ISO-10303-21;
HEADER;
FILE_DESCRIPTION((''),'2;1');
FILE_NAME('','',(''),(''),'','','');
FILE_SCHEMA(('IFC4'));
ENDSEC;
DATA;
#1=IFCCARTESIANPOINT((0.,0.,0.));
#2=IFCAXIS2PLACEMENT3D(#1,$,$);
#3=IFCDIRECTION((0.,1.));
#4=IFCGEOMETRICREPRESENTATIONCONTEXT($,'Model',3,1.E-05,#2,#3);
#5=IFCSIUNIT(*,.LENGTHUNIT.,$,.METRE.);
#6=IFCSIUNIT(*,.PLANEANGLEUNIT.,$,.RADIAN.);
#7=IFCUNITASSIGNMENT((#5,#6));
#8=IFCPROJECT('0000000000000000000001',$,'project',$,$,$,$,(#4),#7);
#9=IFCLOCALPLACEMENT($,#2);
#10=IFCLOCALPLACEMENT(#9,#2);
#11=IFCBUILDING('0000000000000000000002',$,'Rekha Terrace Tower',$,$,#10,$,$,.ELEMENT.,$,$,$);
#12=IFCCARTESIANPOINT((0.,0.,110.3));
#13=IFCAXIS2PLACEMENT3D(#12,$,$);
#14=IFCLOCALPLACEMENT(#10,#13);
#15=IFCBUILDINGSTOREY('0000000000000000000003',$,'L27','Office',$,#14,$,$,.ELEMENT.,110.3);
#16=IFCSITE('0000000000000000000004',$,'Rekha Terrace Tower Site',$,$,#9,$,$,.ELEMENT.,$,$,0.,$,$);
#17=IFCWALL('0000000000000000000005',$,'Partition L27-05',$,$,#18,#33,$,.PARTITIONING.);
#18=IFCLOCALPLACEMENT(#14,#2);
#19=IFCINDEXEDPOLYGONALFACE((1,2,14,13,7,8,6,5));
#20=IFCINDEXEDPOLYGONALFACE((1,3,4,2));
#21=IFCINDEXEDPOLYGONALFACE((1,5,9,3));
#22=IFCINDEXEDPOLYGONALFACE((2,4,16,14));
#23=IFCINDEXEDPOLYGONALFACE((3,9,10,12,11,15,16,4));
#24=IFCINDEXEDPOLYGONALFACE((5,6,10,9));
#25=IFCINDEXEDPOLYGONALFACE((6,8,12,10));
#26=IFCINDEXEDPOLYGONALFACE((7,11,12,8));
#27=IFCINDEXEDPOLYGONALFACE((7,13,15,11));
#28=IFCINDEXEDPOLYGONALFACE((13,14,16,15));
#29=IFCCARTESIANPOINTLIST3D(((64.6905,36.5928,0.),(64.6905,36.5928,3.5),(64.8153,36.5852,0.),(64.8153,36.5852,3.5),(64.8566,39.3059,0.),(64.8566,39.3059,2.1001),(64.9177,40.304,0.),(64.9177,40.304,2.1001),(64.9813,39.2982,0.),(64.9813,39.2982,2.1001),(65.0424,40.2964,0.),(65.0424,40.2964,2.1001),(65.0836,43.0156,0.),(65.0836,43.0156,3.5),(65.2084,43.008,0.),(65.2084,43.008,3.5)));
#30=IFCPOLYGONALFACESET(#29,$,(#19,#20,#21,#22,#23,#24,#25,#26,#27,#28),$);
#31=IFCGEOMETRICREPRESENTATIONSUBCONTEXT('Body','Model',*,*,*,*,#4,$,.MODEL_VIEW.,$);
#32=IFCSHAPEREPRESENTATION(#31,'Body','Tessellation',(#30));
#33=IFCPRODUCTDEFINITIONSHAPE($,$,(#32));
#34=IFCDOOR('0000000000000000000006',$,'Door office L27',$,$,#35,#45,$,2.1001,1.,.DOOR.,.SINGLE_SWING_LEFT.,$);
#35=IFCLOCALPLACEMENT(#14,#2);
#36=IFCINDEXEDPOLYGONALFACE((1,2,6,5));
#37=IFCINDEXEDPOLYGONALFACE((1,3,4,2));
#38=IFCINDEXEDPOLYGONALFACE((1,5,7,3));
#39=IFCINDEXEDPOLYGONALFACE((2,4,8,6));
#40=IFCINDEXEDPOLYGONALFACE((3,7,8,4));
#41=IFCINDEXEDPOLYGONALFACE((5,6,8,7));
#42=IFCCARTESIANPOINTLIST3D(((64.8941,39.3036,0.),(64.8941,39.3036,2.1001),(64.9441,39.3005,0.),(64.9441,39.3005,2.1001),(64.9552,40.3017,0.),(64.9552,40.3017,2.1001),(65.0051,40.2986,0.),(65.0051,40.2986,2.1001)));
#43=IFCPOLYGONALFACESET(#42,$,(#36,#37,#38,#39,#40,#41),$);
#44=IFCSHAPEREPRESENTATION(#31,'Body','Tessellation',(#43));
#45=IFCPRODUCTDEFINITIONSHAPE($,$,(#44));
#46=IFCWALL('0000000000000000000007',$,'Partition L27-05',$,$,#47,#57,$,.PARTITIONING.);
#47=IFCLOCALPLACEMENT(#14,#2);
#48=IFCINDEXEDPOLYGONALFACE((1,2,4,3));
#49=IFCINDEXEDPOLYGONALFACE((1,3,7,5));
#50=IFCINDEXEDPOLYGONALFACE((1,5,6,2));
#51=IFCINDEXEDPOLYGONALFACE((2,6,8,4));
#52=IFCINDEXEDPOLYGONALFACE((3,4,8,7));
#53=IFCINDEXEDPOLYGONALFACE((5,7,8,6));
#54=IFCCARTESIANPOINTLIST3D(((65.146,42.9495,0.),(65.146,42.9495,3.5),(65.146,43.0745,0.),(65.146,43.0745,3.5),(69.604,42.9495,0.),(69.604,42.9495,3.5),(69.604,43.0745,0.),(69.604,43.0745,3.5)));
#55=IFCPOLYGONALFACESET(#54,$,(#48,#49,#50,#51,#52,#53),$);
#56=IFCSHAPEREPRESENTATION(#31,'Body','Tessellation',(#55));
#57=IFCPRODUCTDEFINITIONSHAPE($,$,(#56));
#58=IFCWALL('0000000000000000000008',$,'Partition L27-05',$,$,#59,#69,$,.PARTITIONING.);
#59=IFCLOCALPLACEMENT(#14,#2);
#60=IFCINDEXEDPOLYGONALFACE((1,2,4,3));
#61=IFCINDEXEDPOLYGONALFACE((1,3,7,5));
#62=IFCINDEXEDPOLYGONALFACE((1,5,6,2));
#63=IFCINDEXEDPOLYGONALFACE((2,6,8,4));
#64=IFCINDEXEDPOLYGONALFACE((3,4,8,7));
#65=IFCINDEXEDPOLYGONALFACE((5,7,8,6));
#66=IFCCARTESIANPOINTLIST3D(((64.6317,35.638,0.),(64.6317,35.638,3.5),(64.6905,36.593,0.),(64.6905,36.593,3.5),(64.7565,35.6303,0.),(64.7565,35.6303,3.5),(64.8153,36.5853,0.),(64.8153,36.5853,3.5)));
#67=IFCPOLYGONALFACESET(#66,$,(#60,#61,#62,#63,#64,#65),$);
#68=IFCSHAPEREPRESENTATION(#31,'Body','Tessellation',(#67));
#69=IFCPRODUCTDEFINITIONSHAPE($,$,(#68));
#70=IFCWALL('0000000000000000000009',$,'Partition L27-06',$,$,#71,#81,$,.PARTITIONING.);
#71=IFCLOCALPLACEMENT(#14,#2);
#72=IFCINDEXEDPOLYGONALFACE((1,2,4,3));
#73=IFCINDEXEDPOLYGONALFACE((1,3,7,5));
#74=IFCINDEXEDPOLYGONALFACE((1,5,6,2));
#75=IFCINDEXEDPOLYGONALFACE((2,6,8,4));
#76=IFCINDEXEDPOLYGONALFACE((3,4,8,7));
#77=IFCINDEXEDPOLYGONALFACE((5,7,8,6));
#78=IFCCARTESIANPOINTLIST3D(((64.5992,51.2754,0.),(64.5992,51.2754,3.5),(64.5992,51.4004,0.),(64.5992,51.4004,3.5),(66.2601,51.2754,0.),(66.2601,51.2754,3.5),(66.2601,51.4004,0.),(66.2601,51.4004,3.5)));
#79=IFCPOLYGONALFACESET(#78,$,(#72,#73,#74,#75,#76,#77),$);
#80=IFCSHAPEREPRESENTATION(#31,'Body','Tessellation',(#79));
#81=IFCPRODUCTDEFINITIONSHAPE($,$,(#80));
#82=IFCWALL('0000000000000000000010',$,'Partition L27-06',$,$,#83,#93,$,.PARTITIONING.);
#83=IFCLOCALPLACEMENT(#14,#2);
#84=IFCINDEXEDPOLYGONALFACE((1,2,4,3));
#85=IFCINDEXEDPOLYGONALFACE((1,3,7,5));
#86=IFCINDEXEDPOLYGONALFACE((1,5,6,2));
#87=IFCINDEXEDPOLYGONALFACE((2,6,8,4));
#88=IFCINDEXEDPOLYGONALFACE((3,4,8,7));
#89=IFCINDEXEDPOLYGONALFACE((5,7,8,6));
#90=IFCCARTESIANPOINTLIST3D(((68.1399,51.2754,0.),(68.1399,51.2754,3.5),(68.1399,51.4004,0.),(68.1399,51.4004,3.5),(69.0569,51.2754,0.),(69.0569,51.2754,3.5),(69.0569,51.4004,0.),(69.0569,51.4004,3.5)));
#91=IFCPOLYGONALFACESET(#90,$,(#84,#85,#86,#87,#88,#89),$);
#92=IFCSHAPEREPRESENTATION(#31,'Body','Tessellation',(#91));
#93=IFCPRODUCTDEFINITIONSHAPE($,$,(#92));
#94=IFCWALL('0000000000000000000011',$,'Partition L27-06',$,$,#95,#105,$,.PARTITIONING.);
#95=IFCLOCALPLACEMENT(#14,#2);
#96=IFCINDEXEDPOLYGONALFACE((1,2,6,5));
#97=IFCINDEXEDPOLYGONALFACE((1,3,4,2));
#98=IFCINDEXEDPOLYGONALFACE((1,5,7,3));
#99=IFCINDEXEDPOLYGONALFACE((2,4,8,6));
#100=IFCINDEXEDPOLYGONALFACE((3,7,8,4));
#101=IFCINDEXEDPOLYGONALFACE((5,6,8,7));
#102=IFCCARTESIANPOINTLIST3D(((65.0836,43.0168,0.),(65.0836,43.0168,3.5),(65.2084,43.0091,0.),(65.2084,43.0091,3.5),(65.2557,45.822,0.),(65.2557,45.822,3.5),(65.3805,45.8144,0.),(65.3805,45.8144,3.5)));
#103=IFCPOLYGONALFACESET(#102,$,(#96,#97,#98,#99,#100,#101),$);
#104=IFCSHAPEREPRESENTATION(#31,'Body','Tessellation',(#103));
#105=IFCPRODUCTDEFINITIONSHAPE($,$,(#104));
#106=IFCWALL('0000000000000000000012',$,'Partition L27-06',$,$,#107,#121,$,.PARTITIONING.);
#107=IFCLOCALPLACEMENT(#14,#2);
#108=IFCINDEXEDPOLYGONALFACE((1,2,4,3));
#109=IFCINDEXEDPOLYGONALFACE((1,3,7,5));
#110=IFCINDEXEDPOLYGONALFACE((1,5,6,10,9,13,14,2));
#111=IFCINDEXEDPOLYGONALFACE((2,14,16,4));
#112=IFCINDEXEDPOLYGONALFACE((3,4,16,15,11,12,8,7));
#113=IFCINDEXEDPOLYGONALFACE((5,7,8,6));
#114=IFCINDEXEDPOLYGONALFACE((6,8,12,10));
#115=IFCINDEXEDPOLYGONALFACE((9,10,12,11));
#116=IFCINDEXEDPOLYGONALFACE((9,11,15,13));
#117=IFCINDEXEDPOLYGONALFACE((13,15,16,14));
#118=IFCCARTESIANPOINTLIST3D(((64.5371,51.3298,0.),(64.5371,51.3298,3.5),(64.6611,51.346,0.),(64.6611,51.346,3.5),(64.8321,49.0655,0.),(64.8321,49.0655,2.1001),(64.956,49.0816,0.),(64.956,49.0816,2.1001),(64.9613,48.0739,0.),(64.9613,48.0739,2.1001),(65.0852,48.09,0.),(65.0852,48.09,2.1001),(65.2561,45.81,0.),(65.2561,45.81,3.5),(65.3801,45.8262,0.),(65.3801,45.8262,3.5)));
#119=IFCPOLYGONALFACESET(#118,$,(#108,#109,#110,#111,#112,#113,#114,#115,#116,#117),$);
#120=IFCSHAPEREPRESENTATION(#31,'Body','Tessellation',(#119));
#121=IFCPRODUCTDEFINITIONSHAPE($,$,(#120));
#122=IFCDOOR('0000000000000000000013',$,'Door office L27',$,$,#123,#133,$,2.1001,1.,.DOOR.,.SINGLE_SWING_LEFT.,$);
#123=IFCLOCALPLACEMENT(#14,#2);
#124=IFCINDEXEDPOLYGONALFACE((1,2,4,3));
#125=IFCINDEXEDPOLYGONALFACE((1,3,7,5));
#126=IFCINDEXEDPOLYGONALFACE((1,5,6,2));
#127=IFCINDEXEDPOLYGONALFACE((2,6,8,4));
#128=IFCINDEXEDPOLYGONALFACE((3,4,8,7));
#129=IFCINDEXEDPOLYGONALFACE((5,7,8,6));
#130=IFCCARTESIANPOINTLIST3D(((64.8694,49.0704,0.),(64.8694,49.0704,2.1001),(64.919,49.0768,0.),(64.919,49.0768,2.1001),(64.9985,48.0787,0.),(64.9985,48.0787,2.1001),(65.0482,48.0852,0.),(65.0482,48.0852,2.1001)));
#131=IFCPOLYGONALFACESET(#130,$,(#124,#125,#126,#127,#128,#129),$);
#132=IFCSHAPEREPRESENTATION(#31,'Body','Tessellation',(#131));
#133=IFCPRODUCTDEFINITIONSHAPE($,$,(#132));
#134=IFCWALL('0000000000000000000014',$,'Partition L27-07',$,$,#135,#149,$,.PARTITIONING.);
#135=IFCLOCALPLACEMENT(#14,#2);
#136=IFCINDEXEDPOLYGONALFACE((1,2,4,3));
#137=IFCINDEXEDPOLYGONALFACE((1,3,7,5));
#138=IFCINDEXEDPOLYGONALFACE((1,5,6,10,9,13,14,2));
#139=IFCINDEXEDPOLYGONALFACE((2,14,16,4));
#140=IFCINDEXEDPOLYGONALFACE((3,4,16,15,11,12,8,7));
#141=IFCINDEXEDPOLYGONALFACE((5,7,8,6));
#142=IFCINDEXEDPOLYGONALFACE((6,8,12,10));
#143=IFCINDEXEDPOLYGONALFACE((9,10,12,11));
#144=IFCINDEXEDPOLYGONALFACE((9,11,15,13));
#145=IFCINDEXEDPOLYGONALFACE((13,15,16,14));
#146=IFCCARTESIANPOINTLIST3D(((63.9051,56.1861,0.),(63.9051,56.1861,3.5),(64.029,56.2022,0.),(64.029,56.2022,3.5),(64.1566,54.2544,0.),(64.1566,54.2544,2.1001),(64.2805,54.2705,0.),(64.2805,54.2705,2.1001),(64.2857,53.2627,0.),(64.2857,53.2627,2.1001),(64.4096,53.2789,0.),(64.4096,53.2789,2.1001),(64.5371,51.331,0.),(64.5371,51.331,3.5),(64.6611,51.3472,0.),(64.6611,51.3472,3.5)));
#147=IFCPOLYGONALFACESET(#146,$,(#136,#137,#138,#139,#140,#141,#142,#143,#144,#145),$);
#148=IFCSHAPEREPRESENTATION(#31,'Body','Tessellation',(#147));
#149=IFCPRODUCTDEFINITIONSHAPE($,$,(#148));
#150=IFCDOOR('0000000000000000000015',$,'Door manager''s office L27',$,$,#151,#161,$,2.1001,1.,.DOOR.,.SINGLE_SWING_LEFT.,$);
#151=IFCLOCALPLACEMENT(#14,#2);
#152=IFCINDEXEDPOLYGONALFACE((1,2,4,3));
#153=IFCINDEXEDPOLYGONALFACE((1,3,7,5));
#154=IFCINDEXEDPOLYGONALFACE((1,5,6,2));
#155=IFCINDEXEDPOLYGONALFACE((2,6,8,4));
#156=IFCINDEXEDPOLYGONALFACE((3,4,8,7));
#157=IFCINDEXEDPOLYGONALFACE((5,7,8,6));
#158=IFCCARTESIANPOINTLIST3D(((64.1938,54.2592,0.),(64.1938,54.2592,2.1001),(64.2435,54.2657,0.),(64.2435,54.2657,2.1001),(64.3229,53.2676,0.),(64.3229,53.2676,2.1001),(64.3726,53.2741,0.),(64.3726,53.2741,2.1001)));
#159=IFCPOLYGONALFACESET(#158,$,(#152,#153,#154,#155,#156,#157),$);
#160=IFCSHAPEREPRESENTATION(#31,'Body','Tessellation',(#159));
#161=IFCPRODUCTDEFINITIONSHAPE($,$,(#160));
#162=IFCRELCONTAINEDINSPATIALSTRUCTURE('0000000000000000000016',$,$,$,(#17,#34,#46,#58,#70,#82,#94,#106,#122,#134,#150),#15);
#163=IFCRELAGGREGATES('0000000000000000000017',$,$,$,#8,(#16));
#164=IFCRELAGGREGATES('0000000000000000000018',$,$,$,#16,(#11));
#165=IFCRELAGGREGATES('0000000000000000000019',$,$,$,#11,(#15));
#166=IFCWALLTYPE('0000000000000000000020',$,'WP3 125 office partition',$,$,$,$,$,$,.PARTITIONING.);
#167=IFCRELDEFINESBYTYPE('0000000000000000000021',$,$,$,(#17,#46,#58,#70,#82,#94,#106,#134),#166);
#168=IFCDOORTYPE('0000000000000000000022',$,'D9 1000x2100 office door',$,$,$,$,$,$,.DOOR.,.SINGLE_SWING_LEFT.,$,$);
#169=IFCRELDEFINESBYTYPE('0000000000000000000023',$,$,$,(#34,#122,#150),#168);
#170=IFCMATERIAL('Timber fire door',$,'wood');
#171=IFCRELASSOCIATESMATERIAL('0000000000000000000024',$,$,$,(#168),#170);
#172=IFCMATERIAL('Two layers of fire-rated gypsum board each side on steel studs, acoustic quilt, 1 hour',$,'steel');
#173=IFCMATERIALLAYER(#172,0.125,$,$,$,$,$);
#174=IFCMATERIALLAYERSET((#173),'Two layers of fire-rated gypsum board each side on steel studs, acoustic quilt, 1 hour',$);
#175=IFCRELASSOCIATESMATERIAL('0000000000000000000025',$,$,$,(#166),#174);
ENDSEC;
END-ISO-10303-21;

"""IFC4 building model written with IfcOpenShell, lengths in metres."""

from ifc_helpers import new_model, si_unit, direction, frame, frame_2d, origin, place, context, subcontext, project, spatial, rectangle, extrude, material, layer, layer_set, type_object, element, fill, save


model = new_model("IFC4")

# Units and contexts
model_context = context("Model", 3, precision=1e-05, world=origin(), true_north=direction((0.0, 1.0)))
body_context = subcontext(model_context, "Body", "Model", "MODEL_VIEW")
ifc_project = project(units=[si_unit("LENGTHUNIT", "METRE"), si_unit("PLANEANGLEUNIT", "RADIAN")], contexts=[model_context])

# Site, building, storey
site_placement = place(None, origin())
site = spatial("IfcSite", under=ifc_project, at=site_placement, Name="Rekha Terrace Tower Site", CompositionType="ELEMENT", RefElevation=0.0)
building_placement = place(site_placement, origin())
building = spatial("IfcBuilding", under=site, at=building_placement, Name="Rekha Terrace Tower", CompositionType="ELEMENT")
storey_placement = place(building_placement, frame((0.0, 0.0, 110.3)))
storey = spatial("IfcBuildingStorey", under=building, at=storey_placement, Name="L27", Description="Office", CompositionType="ELEMENT", Elevation=110.3)

# Wall, opening, door
ifc_material_1 = material(Name="Timber fire door", Category="wood")
door_type = type_object("IfcDoorType", Name="D9 1000x2100 office door", OperationType="SINGLE_SWING_LEFT", PredefinedType="DOOR", material=ifc_material_1)
ifc_material_2 = material(Name="Two layers of fire-rated gypsum board each side on steel studs, acoustic quilt, 1 hour", Category="steel")
ifc_layer_1 = layer(ifc_material_2, 0.125)
ifc_layer_set_1 = layer_set([ifc_layer_1], Name="Two layers of fire-rated gypsum board each side on steel studs, acoustic quilt, 1 hour")
wall_type_1 = type_object("IfcWallType", Name="WP3 125 office partition", PredefinedType="PARTITIONING", material=ifc_layer_set_1)
wall_1_placement = place(storey_placement, frame((64.7529, 36.5891, 0.0), z_axis=(0.0, 0.0, 1.0), x_axis=(0.061084, 0.998133, 0.0)))
wall_1 = element("IfcWall", 1, at=wall_1_placement, inside=storey, type_object=wall_type_1, Name="Partition L27-05", PredefinedType="PARTITIONING", context=body_context, shape_type="SweptSolid", body=[
    extrude(rectangle(XDim=6.4348, YDim=0.125, at=frame_2d((3.2173, 0.0))), origin(), (0.0, 0.0, 1.0), 3.5),
])
opening_1_placement = place(wall_1_placement, frame((2.718, 0.0, 0.0)))
opening_1 = element("IfcOpeningElement", 2, at=opening_1_placement, cuts=wall_1, PredefinedType="OPENING", context=body_context, shape_type="SweptSolid", body=[
    extrude(rectangle(XDim=1.0, YDim=2.1001, at=frame_2d((0.5, 1.05))), frame((0.0, 0.0725, 0.0), z_axis=(0.0, -1.0, 0.0), x_axis=(1.0, 0.0, 0.0)), (0.0, 0.0, 1.0), 0.145),
])
door_1_placement = place(opening_1_placement, origin())
door_1 = element("IfcDoor", 3, at=door_1_placement, inside=storey, type_object=door_type, Name="Door office L27", OperationType="SINGLE_SWING_LEFT", OverallHeight=2.1001, OverallWidth=1.0, PredefinedType="DOOR", context=body_context, shape_type="SweptSolid", body=[
    extrude(rectangle(XDim=1.0, YDim=2.1001, at=frame_2d((0.5, 1.05))), frame((0.0, 0.0249, 0.0), z_axis=(0.0, -1.0, 0.0), x_axis=(1.0, 0.0, 0.0)), (0.0, 0.0, 1.0), 0.05),
])
fill(opening_1, door_1)

# Walls
wall_2_placement = place(storey_placement, frame((65.146, 43.012, 0.0), z_axis=(0.0, 0.0, 1.0), x_axis=(1.0, 0.0, 0.0)))
element("IfcWall", 4, at=wall_2_placement, inside=storey, type_object=wall_type_1, Name="Partition L27-05", PredefinedType="PARTITIONING", context=body_context, shape_type="SweptSolid", body=[
    extrude(rectangle(XDim=4.458, YDim=0.125, at=frame_2d((2.229, 0.0))), origin(), (0.0, 0.0, 1.0), 3.5),
])
wall_3_placement = place(storey_placement, frame((64.6941, 35.634, 0.0), z_axis=(0.0, 0.0, 1.0), x_axis=(0.061489, 0.998108, 0.0)))
element("IfcWall", 5, at=wall_3_placement, inside=storey, type_object=wall_type_1, Name="Partition L27-05", PredefinedType="PARTITIONING", context=body_context, shape_type="SweptSolid", body=[
    extrude(rectangle(XDim=0.9568, YDim=0.125, at=frame_2d((0.4785, 0.0))), origin(), (0.0, 0.0, 1.0), 3.5),
])
wall_4_placement = place(storey_placement, frame((64.5991, 51.3379, 0.0), z_axis=(0.0, 0.0, 1.0), x_axis=(1.0, 0.0, 0.0)))
element("IfcWall", 6, at=wall_4_placement, inside=storey, type_object=wall_type_1, Name="Partition L27-06", PredefinedType="PARTITIONING", context=body_context, shape_type="SweptSolid", body=[
    extrude(rectangle(XDim=1.6609, YDim=0.125, at=frame_2d((0.8306, 0.0))), origin(), (0.0, 0.0, 1.0), 3.5),
])
wall_5_placement = place(storey_placement, frame((68.1399, 51.3379, 0.0), z_axis=(0.0, 0.0, 1.0), x_axis=(1.0, 0.0, 0.0)))
element("IfcWall", 7, at=wall_5_placement, inside=storey, type_object=wall_type_1, Name="Partition L27-06", PredefinedType="PARTITIONING", context=body_context, shape_type="SweptSolid", body=[
    extrude(rectangle(XDim=0.917, YDim=0.125, at=frame_2d((0.4585, 0.0))), origin(), (0.0, 0.0, 1.0), 3.5),
])
wall_6_placement = place(storey_placement, frame((65.146, 43.0129, 0.0), z_axis=(0.0, 0.0, 1.0), x_axis=(0.061243, 0.998123, 0.0)))
element("IfcWall", 8, at=wall_6_placement, inside=storey, type_object=wall_type_1, Name="Partition L27-06", PredefinedType="PARTITIONING", context=body_context, shape_type="SweptSolid", body=[
    extrude(rectangle(XDim=2.8105, YDim=0.125, at=frame_2d((1.4053, 0.0))), origin(), (0.0, 0.0, 1.0), 3.5),
])

# Walls, openings, doors
wall_7_placement = place(storey_placement, frame((65.3181, 45.8181, 0.0), z_axis=(0.0, 0.0, 1.0), x_axis=(-0.129167, 0.991623, 0.0)))
wall_7 = element("IfcWall", 9, at=wall_7_placement, inside=storey, type_object=wall_type_1, Name="Partition L27-06", PredefinedType="PARTITIONING", context=body_context, shape_type="SweptSolid", body=[
    extrude(rectangle(XDim=5.5664, YDim=0.125, at=frame_2d((2.7832, 0.0))), origin(), (0.0, 0.0, 1.0), 3.5),
])
opening_2_placement = place(wall_7_placement, frame((2.283, 0.0, 0.0)))
opening_2 = element("IfcOpeningElement", 10, at=opening_2_placement, cuts=wall_7, PredefinedType="OPENING", context=body_context, shape_type="SweptSolid", body=[
    extrude(rectangle(XDim=1.0, YDim=2.1001, at=frame_2d((0.5, 1.05))), frame((0.0, 0.0725, 0.0), z_axis=(0.0, -1.0, 0.0), x_axis=(1.0, 0.0, 0.0)), (0.0, 0.0, 1.0), 0.145),
])
door_2_placement = place(opening_2_placement, origin())
door_2 = element("IfcDoor", 11, at=door_2_placement, inside=storey, type_object=door_type, Name="Door office L27", OperationType="SINGLE_SWING_LEFT", OverallHeight=2.1001, OverallWidth=1.0, PredefinedType="DOOR", context=body_context, shape_type="SweptSolid", body=[
    extrude(rectangle(XDim=1.0, YDim=2.1001, at=frame_2d((0.5, 1.05))), frame((0.0, 0.0249, 0.0), z_axis=(0.0, -1.0, 0.0), x_axis=(1.0, 0.0, 0.0)), (0.0, 0.0, 1.0), 0.05),
])
fill(opening_2, door_2)
wall_8_placement = place(storey_placement, frame((64.5991, 51.3391, 0.0), z_axis=(0.0, 0.0, 1.0), x_axis=(-0.129103, 0.991631, 0.0)))
wall_8 = element("IfcWall", 12, at=wall_8_placement, inside=storey, type_object=wall_type_1, Name="Partition L27-07", PredefinedType="PARTITIONING", context=body_context, shape_type="SweptSolid", body=[
    extrude(rectangle(XDim=4.896, YDim=0.125, at=frame_2d((2.448, 0.0))), origin(), (0.0, 0.0, 1.0), 3.5),
])
opening_3_placement = place(wall_8_placement, frame((1.948, 0.0, 0.0)))
opening_3 = element("IfcOpeningElement", 13, at=opening_3_placement, cuts=wall_8, PredefinedType="OPENING", context=body_context, shape_type="SweptSolid", body=[
    extrude(rectangle(XDim=1.0, YDim=2.1001, at=frame_2d((0.5, 1.05))), frame((0.0, 0.0725, 0.0), z_axis=(0.0, -1.0, 0.0), x_axis=(1.0, 0.0, 0.0)), (0.0, 0.0, 1.0), 0.145),
])
door_3_placement = place(opening_3_placement, origin())
door_3 = element("IfcDoor", 14, at=door_3_placement, inside=storey, type_object=door_type, Name="Door manager's office L27", OperationType="SINGLE_SWING_LEFT", OverallHeight=2.1001, OverallWidth=1.0, PredefinedType="DOOR", context=body_context, shape_type="SweptSolid", body=[
    extrude(rectangle(XDim=1.0, YDim=2.1001, at=frame_2d((0.5, 1.05))), frame((0.0, 0.0249, 0.0), z_axis=(0.0, -1.0, 0.0), x_axis=(1.0, 0.0, 0.0)), (0.0, 0.0, 1.0), 0.05),
])
fill(opening_3, door_3)

save(model, "model.ifc")
